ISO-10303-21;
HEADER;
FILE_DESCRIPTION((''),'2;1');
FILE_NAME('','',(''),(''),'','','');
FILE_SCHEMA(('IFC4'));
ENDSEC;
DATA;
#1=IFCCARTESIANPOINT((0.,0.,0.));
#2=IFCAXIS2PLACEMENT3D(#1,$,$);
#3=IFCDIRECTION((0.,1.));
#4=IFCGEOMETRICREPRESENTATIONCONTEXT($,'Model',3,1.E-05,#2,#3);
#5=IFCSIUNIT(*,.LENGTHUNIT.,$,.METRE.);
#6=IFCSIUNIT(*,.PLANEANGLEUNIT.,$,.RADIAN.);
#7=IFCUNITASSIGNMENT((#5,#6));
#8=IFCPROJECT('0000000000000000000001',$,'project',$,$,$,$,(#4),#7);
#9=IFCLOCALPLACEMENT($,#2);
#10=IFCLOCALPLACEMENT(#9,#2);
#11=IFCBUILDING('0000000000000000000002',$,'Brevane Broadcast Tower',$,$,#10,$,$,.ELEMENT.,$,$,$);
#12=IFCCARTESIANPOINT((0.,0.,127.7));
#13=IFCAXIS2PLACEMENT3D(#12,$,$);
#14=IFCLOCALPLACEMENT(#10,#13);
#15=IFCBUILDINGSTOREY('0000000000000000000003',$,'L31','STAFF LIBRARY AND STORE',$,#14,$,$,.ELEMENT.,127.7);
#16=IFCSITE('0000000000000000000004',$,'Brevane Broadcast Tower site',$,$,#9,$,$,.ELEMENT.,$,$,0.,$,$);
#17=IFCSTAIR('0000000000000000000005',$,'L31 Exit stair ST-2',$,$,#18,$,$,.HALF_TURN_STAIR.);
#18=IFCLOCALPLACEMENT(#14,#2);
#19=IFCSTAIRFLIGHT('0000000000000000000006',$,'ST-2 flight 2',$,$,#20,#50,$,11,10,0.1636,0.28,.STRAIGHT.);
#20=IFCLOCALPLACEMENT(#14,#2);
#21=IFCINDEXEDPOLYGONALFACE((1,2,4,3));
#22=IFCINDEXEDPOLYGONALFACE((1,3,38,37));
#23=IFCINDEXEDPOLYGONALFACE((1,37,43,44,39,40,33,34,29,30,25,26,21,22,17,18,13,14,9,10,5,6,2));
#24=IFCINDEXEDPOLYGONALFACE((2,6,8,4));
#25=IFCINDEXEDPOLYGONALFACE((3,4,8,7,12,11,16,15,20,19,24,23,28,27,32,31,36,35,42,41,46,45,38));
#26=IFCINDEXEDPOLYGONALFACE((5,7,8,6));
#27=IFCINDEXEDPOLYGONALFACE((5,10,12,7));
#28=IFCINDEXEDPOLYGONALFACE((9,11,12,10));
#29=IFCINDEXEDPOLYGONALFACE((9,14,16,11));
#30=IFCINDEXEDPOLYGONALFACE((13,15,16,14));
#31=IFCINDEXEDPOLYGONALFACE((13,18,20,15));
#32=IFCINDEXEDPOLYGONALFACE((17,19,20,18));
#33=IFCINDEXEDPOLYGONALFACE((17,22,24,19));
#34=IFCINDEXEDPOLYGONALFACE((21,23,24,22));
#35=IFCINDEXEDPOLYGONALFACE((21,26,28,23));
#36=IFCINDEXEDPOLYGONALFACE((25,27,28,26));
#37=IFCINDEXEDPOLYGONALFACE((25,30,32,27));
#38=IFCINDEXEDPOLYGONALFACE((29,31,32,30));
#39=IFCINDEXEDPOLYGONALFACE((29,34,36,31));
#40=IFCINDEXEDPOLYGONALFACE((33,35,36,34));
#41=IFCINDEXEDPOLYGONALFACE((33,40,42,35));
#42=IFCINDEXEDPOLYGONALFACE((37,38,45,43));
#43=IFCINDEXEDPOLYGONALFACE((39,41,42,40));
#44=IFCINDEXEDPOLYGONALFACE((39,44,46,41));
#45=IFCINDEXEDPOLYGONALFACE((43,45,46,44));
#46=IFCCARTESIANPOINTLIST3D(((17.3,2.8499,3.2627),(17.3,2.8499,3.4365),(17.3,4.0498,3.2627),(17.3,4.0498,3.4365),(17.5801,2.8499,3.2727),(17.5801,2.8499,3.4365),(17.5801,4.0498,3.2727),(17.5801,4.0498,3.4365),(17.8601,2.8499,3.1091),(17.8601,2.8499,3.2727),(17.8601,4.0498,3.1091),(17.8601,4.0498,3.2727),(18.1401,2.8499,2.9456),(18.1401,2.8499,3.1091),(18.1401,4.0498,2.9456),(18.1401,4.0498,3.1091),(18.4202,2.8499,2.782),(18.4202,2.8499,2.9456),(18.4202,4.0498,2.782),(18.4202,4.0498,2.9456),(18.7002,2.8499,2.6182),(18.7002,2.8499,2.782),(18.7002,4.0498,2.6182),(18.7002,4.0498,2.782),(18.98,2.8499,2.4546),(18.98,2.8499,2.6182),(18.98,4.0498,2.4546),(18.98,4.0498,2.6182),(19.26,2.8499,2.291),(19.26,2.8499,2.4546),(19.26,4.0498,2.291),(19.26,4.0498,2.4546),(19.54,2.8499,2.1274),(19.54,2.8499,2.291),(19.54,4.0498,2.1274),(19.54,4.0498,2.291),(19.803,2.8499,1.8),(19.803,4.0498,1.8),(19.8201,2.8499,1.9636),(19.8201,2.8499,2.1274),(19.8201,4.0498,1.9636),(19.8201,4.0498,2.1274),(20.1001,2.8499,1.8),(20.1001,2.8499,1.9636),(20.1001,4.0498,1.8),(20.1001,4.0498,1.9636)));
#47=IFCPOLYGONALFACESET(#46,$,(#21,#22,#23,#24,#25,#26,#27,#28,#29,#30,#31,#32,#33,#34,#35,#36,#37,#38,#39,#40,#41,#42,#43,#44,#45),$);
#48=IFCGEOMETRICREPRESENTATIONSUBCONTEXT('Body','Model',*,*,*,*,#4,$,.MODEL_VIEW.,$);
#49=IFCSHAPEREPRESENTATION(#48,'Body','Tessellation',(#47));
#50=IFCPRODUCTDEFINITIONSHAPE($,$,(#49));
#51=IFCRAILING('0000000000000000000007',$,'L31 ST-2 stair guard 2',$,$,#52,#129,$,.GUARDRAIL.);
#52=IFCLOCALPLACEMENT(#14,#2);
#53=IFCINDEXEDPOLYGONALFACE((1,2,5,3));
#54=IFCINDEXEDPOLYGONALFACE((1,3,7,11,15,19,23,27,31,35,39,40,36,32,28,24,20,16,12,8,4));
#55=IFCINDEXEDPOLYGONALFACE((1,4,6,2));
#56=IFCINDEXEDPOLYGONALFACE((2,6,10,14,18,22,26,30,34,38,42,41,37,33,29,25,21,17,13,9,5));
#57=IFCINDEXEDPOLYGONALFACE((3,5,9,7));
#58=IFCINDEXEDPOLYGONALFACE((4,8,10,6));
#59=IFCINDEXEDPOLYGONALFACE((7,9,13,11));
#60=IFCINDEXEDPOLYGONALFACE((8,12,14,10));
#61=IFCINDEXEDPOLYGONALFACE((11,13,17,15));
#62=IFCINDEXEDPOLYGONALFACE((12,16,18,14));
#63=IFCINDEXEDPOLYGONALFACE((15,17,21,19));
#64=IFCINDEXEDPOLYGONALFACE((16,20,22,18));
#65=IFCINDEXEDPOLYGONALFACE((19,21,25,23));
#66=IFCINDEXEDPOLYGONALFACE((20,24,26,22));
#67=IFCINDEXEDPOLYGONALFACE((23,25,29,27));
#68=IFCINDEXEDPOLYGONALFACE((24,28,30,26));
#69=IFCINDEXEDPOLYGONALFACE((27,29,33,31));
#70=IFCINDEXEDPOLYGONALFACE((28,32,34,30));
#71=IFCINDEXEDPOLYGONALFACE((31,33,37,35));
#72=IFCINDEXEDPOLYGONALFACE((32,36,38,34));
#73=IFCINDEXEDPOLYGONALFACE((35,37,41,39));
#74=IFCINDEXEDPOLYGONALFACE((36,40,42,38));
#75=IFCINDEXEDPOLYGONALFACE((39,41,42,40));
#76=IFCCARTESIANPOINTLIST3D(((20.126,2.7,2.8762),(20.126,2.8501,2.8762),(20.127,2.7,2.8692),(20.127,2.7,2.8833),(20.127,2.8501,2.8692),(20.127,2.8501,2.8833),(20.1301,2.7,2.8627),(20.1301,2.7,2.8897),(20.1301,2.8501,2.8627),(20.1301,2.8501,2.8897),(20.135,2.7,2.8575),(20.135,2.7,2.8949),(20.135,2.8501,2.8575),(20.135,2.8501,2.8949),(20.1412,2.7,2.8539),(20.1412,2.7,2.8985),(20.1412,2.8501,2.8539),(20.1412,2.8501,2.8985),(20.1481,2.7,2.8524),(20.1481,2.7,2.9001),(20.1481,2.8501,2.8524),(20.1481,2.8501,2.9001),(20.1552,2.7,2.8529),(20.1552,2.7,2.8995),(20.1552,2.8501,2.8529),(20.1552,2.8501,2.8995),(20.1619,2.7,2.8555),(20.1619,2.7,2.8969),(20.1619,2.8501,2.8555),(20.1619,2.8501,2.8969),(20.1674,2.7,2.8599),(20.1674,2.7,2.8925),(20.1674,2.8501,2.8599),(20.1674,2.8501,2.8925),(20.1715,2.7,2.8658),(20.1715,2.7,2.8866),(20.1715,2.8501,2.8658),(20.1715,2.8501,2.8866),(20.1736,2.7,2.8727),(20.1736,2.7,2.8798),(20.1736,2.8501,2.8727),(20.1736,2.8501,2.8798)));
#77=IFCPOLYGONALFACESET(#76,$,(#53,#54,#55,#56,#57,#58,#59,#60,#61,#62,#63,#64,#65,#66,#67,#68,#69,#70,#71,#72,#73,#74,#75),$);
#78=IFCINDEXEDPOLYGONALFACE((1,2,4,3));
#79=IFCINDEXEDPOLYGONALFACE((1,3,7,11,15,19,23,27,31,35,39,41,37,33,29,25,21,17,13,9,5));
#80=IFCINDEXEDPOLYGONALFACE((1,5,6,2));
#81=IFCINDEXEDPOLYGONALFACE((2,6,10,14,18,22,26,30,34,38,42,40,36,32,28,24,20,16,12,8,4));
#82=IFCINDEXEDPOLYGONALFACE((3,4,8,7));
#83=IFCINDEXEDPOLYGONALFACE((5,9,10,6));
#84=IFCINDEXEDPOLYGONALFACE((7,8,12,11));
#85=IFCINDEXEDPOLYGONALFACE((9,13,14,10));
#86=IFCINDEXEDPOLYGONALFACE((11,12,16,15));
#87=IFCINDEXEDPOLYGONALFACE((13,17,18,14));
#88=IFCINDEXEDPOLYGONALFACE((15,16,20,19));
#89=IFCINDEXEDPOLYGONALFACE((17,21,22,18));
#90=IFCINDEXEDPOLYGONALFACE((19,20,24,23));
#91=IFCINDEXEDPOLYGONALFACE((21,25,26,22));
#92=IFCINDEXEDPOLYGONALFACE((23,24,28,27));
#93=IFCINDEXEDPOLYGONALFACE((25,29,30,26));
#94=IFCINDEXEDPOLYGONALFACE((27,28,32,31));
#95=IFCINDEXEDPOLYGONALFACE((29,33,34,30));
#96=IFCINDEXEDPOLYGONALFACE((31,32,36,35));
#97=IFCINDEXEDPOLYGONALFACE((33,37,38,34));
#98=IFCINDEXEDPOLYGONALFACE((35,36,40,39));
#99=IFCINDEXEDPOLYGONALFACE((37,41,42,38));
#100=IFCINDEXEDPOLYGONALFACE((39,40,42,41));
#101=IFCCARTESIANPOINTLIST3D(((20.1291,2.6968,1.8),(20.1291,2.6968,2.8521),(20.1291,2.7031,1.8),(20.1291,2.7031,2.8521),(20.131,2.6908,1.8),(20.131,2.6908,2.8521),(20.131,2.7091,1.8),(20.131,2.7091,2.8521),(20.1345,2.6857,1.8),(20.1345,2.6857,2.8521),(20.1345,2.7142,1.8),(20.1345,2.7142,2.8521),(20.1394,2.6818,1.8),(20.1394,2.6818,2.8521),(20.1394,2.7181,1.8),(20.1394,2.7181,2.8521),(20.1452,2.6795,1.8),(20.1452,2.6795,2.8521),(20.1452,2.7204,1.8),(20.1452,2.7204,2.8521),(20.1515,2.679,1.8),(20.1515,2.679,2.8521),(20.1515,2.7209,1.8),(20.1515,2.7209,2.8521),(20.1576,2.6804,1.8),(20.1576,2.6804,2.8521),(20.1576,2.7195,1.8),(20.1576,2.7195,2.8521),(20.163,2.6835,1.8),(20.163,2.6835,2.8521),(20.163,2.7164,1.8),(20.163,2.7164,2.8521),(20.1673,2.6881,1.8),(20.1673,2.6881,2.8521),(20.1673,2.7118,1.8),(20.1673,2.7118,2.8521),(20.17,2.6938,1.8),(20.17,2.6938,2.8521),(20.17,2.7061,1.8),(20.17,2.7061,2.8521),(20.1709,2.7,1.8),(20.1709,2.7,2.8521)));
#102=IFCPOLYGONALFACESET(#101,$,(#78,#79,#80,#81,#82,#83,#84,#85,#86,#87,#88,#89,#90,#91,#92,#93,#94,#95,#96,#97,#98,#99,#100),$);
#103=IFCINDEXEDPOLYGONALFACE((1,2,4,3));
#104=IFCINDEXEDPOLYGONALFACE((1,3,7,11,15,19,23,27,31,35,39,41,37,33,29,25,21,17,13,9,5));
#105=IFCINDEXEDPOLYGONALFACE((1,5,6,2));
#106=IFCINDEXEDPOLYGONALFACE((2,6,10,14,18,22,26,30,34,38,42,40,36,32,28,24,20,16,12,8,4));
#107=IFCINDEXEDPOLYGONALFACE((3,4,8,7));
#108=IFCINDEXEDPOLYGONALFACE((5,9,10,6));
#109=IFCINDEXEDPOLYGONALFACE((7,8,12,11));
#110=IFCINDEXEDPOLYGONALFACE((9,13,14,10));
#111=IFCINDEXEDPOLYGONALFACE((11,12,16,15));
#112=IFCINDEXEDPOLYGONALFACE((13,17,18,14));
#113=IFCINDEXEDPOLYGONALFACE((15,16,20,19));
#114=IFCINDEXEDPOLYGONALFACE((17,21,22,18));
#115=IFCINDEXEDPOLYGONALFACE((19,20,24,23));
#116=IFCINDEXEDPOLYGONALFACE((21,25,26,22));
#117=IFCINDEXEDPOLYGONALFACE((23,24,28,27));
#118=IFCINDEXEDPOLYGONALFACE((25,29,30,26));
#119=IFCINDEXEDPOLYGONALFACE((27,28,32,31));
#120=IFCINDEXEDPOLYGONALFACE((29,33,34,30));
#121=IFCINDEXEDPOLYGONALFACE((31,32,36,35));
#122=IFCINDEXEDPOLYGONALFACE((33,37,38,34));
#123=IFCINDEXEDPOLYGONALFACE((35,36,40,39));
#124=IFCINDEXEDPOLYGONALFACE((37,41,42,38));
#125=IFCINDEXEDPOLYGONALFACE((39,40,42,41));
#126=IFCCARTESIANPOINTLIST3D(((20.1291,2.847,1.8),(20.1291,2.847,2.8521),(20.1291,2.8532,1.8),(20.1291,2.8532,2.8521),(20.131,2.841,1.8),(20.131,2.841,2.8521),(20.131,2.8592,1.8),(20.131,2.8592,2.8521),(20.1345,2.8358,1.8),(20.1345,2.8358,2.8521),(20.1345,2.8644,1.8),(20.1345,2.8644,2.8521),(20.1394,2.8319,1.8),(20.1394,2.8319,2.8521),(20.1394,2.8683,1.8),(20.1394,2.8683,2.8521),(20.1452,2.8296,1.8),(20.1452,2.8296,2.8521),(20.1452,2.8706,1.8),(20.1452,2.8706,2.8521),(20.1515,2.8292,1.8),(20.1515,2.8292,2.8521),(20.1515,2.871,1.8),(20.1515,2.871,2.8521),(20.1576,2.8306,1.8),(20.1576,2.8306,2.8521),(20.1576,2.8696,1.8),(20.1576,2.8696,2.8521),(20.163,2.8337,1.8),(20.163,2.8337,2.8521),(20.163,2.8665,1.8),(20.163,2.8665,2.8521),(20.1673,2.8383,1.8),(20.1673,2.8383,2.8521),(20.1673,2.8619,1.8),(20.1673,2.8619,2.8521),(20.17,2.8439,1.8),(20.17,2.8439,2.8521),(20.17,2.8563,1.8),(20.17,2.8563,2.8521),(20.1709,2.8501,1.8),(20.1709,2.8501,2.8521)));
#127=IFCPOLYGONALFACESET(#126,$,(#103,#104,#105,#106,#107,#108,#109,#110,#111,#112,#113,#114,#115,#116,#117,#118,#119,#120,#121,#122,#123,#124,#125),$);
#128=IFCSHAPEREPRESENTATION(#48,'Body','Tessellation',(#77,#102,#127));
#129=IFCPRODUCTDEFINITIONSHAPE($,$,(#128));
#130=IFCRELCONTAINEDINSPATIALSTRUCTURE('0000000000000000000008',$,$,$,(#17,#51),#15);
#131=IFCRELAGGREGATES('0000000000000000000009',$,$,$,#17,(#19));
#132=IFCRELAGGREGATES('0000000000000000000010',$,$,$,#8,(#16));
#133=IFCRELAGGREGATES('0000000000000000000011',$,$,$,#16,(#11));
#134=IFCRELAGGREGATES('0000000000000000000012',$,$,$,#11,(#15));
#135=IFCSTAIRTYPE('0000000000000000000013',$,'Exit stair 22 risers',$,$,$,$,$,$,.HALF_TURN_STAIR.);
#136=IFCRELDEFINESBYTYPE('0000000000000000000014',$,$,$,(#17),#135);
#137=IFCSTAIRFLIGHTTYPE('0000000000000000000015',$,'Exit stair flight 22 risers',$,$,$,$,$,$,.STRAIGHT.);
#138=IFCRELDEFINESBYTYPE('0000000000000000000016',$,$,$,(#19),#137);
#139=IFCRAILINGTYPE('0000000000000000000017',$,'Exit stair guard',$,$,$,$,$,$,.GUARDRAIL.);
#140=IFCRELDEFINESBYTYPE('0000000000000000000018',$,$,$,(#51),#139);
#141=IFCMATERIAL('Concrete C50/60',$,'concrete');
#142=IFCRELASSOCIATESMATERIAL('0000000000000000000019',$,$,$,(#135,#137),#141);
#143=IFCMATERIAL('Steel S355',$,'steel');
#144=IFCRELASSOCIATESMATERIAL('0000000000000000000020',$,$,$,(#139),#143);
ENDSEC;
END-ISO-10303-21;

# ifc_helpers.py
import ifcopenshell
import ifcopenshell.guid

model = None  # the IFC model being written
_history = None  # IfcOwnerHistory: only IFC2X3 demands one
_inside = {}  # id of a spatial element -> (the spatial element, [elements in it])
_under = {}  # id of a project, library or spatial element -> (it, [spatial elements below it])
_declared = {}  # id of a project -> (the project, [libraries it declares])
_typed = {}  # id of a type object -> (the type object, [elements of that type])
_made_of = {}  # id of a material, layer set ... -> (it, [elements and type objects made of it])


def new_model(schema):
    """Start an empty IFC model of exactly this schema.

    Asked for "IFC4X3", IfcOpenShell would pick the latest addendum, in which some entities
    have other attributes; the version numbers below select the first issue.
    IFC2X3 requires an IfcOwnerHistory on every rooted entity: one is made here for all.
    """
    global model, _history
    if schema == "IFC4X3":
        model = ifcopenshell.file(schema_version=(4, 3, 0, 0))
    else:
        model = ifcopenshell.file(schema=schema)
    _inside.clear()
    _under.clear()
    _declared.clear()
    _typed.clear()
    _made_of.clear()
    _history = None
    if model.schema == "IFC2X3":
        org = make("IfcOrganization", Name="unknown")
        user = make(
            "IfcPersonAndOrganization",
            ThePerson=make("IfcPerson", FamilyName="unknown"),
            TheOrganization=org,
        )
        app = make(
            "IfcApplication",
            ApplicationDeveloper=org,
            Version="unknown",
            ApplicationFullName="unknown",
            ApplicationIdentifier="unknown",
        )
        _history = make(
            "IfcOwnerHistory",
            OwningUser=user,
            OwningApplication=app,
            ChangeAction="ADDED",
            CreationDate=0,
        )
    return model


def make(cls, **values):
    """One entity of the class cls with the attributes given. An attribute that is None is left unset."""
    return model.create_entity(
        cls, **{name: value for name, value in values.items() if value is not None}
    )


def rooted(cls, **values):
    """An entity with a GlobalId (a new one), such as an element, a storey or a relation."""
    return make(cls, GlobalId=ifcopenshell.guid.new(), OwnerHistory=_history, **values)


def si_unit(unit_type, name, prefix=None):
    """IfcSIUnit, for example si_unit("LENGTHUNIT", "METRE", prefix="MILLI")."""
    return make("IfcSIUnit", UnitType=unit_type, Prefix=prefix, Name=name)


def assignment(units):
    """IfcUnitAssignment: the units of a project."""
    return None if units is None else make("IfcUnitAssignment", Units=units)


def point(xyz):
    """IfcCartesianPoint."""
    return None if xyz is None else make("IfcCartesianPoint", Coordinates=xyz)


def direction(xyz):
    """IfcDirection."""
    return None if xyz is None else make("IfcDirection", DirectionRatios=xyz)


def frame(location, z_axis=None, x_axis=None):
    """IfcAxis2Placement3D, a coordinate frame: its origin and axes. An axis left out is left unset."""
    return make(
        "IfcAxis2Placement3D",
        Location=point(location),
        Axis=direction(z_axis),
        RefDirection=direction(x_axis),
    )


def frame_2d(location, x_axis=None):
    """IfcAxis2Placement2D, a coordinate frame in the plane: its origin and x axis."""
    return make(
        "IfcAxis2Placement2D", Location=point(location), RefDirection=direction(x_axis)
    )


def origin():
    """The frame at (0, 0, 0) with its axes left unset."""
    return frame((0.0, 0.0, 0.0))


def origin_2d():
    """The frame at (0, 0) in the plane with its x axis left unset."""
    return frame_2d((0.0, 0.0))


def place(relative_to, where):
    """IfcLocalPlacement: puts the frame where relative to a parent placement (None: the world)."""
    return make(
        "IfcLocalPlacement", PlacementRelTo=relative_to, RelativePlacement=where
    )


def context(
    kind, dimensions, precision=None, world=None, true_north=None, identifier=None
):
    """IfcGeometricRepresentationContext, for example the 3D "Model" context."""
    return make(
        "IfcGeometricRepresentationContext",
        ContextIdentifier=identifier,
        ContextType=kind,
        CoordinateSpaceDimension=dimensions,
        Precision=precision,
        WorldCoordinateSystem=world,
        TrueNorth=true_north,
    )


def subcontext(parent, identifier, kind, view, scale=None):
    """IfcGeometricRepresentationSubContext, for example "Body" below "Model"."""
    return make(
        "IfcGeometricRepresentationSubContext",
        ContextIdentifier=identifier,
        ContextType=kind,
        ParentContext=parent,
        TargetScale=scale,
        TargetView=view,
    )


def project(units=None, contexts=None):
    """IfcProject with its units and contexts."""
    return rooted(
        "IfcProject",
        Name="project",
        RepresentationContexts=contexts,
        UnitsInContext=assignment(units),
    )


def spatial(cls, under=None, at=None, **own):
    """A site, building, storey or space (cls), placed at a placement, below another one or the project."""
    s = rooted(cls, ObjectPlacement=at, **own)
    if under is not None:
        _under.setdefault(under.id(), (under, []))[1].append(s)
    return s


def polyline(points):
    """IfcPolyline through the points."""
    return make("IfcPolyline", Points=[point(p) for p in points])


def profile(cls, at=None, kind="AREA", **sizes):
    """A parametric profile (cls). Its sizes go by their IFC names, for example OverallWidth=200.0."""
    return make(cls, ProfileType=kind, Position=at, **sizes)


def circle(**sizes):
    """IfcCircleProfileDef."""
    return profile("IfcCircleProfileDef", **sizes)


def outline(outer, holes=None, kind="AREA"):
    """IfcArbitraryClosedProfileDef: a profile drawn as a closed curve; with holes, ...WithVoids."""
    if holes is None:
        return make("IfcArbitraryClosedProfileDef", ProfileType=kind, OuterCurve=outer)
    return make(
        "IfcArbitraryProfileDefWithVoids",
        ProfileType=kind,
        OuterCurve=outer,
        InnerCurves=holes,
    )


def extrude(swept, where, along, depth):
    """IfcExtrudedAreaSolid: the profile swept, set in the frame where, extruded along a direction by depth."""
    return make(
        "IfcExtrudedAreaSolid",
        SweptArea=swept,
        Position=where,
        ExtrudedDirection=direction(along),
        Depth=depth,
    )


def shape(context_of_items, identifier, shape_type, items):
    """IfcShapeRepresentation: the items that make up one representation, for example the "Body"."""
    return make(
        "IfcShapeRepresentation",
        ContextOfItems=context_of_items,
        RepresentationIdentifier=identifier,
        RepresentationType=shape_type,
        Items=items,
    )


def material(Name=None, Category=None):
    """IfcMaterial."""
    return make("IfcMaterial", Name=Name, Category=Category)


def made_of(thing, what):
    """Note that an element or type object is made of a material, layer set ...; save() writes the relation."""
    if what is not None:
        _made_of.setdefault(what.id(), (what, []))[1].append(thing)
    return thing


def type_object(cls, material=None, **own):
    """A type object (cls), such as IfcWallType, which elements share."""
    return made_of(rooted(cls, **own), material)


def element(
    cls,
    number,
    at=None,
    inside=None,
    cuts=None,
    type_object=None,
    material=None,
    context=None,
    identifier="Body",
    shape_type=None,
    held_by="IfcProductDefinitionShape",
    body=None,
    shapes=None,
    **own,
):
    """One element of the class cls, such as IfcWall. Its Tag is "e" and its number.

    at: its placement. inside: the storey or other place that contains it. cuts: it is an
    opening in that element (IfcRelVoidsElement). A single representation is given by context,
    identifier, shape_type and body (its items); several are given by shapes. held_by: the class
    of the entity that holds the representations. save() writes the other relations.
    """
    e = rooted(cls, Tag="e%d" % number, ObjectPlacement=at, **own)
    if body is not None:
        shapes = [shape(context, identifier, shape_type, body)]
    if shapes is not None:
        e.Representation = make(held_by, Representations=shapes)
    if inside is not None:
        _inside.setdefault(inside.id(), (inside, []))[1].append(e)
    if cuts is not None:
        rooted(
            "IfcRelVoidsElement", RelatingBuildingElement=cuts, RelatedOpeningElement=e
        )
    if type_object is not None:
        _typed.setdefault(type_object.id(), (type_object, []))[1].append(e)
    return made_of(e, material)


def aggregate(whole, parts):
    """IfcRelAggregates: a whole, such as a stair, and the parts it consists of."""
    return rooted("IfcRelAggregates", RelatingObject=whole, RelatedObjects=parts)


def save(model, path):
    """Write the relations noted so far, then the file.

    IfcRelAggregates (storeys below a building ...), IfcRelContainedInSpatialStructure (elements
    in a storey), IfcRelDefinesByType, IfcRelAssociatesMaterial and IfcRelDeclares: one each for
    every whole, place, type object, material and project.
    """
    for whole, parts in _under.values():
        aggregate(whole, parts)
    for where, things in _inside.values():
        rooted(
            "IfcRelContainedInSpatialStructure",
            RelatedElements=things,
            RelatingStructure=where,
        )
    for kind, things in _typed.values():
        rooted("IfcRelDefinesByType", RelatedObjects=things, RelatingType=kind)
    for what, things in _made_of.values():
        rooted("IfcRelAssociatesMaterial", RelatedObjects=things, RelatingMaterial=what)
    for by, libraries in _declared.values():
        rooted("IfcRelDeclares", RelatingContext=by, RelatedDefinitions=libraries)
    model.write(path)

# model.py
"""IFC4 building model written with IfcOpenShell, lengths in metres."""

from ifc_helpers import new_model, si_unit, direction, frame, origin, origin_2d, place, context, subcontext, project, spatial, polyline, circle, outline, extrude, material, type_object, element, aggregate, save


model = new_model("IFC4")

# Units and contexts
model_context = context("Model", 3, precision=1e-05, world=origin(), true_north=direction((0.0, 1.0)))
body_context = subcontext(model_context, "Body", "Model", "MODEL_VIEW")
ifc_project = project(units=[si_unit("LENGTHUNIT", "METRE"), si_unit("PLANEANGLEUNIT", "RADIAN")], contexts=[model_context])

# Site, building, storey
site_placement = place(None, origin())
site = spatial("IfcSite", under=ifc_project, at=site_placement, Name="Brevane Broadcast Tower site", CompositionType="ELEMENT", RefElevation=0.0)
building_placement = place(site_placement, origin())
building = spatial("IfcBuilding", under=site, at=building_placement, Name="Brevane Broadcast Tower", CompositionType="ELEMENT")
storey_placement = place(building_placement, frame((0.0, 0.0, 127.7)))
storey = spatial("IfcBuildingStorey", under=building, at=storey_placement, Name="L31", Description="STAFF LIBRARY AND STORE", CompositionType="ELEMENT", Elevation=127.7)

# Stair, stair flight
ifc_material_1 = material(Name="Concrete C50/60", Category="concrete")
stair_type = type_object("IfcStairType", Name="Exit stair 22 risers", PredefinedType="HALF_TURN_STAIR", material=ifc_material_1)
stair_placement = place(storey_placement, origin())
stair = element("IfcStair", 1, at=stair_placement, inside=storey, type_object=stair_type, Name="L31 Exit stair ST-2", PredefinedType="HALF_TURN_STAIR")
stair_flight_type = type_object("IfcStairFlightType", Name="Exit stair flight 22 risers", PredefinedType="STRAIGHT", material=ifc_material_1)
stair_flight_placement = place(storey_placement, frame((20.1001, 3.45, 1.8), z_axis=(0.0, 0.0, 1.0), x_axis=(-1.0, 0.0, 0.0)))
stair_flight = element("IfcStairFlight", 2, at=stair_flight_placement, type_object=stair_flight_type, Name="ST-2 flight 2", NumberOfRisers=11, NumberOfTreads=10, PredefinedType="STRAIGHT", RiserHeight=0.1636, TreadLength=0.28, context=body_context, shape_type="SweptSolid", body=[
    extrude(outline(polyline([(0.0, 0.0), (0.0, 0.1636), (0.28, 0.1636), (0.28, 0.3274), (0.5601, 0.3274), (0.5601, 0.491), (0.8401, 0.491), (0.8401, 0.6545), (1.1201, 0.6545), (1.1201, 0.8181), (1.3999, 0.8181), (1.3999, 0.9819), (1.6799, 0.9819), (1.6799, 1.1455), (1.96, 1.1455), (1.96, 1.3091), (2.24, 1.3091), (2.24, 1.4727), (2.52, 1.4727), (2.52, 1.6365), (2.8, 1.6365), (2.8, 1.8), (2.8, 1.4626), (0.2971, 0.0), (0.0, 0.0)])), frame((0.0, 0.6001, 0.0), z_axis=(0.0, -1.0, 0.0), x_axis=(1.0, 0.0, 0.0)), (0.0, 0.0, 1.0), 1.2),
])
aggregate(stair, [stair_flight])

# Railing
ifc_material_2 = material(Name="Steel S355", Category="steel")
railing_type_1 = type_object("IfcRailingType", Name="Exit stair guard", PredefinedType="GUARDRAIL", material=ifc_material_2)
railing_1_placement = place(storey_placement, frame((20.1499, 2.7, 1.8)))
element("IfcRailing", 3, at=railing_1_placement, inside=storey, type_object=railing_type_1, Name="L31 ST-2 stair guard 2", PredefinedType="GUARDRAIL", context=body_context, shape_type="SweptSolid", body=[
    extrude(circle(Radius=0.0239, at=origin_2d()), frame((0.0, 0.0, 1.0762), z_axis=(0.0, 1.0, 0.0), x_axis=(-1.0, 0.0, 0.0)), (0.0, 0.0, 1.0), 0.1501),
    extrude(circle(Radius=0.021, at=origin_2d()), origin(), (0.0, 0.0, 1.0), 1.052),
    extrude(circle(Radius=0.021, at=origin_2d()), frame((0.0, 0.1501, 0.0)), (0.0, 0.0, 1.0), 1.052),
])

save(model, "model.ifc")
